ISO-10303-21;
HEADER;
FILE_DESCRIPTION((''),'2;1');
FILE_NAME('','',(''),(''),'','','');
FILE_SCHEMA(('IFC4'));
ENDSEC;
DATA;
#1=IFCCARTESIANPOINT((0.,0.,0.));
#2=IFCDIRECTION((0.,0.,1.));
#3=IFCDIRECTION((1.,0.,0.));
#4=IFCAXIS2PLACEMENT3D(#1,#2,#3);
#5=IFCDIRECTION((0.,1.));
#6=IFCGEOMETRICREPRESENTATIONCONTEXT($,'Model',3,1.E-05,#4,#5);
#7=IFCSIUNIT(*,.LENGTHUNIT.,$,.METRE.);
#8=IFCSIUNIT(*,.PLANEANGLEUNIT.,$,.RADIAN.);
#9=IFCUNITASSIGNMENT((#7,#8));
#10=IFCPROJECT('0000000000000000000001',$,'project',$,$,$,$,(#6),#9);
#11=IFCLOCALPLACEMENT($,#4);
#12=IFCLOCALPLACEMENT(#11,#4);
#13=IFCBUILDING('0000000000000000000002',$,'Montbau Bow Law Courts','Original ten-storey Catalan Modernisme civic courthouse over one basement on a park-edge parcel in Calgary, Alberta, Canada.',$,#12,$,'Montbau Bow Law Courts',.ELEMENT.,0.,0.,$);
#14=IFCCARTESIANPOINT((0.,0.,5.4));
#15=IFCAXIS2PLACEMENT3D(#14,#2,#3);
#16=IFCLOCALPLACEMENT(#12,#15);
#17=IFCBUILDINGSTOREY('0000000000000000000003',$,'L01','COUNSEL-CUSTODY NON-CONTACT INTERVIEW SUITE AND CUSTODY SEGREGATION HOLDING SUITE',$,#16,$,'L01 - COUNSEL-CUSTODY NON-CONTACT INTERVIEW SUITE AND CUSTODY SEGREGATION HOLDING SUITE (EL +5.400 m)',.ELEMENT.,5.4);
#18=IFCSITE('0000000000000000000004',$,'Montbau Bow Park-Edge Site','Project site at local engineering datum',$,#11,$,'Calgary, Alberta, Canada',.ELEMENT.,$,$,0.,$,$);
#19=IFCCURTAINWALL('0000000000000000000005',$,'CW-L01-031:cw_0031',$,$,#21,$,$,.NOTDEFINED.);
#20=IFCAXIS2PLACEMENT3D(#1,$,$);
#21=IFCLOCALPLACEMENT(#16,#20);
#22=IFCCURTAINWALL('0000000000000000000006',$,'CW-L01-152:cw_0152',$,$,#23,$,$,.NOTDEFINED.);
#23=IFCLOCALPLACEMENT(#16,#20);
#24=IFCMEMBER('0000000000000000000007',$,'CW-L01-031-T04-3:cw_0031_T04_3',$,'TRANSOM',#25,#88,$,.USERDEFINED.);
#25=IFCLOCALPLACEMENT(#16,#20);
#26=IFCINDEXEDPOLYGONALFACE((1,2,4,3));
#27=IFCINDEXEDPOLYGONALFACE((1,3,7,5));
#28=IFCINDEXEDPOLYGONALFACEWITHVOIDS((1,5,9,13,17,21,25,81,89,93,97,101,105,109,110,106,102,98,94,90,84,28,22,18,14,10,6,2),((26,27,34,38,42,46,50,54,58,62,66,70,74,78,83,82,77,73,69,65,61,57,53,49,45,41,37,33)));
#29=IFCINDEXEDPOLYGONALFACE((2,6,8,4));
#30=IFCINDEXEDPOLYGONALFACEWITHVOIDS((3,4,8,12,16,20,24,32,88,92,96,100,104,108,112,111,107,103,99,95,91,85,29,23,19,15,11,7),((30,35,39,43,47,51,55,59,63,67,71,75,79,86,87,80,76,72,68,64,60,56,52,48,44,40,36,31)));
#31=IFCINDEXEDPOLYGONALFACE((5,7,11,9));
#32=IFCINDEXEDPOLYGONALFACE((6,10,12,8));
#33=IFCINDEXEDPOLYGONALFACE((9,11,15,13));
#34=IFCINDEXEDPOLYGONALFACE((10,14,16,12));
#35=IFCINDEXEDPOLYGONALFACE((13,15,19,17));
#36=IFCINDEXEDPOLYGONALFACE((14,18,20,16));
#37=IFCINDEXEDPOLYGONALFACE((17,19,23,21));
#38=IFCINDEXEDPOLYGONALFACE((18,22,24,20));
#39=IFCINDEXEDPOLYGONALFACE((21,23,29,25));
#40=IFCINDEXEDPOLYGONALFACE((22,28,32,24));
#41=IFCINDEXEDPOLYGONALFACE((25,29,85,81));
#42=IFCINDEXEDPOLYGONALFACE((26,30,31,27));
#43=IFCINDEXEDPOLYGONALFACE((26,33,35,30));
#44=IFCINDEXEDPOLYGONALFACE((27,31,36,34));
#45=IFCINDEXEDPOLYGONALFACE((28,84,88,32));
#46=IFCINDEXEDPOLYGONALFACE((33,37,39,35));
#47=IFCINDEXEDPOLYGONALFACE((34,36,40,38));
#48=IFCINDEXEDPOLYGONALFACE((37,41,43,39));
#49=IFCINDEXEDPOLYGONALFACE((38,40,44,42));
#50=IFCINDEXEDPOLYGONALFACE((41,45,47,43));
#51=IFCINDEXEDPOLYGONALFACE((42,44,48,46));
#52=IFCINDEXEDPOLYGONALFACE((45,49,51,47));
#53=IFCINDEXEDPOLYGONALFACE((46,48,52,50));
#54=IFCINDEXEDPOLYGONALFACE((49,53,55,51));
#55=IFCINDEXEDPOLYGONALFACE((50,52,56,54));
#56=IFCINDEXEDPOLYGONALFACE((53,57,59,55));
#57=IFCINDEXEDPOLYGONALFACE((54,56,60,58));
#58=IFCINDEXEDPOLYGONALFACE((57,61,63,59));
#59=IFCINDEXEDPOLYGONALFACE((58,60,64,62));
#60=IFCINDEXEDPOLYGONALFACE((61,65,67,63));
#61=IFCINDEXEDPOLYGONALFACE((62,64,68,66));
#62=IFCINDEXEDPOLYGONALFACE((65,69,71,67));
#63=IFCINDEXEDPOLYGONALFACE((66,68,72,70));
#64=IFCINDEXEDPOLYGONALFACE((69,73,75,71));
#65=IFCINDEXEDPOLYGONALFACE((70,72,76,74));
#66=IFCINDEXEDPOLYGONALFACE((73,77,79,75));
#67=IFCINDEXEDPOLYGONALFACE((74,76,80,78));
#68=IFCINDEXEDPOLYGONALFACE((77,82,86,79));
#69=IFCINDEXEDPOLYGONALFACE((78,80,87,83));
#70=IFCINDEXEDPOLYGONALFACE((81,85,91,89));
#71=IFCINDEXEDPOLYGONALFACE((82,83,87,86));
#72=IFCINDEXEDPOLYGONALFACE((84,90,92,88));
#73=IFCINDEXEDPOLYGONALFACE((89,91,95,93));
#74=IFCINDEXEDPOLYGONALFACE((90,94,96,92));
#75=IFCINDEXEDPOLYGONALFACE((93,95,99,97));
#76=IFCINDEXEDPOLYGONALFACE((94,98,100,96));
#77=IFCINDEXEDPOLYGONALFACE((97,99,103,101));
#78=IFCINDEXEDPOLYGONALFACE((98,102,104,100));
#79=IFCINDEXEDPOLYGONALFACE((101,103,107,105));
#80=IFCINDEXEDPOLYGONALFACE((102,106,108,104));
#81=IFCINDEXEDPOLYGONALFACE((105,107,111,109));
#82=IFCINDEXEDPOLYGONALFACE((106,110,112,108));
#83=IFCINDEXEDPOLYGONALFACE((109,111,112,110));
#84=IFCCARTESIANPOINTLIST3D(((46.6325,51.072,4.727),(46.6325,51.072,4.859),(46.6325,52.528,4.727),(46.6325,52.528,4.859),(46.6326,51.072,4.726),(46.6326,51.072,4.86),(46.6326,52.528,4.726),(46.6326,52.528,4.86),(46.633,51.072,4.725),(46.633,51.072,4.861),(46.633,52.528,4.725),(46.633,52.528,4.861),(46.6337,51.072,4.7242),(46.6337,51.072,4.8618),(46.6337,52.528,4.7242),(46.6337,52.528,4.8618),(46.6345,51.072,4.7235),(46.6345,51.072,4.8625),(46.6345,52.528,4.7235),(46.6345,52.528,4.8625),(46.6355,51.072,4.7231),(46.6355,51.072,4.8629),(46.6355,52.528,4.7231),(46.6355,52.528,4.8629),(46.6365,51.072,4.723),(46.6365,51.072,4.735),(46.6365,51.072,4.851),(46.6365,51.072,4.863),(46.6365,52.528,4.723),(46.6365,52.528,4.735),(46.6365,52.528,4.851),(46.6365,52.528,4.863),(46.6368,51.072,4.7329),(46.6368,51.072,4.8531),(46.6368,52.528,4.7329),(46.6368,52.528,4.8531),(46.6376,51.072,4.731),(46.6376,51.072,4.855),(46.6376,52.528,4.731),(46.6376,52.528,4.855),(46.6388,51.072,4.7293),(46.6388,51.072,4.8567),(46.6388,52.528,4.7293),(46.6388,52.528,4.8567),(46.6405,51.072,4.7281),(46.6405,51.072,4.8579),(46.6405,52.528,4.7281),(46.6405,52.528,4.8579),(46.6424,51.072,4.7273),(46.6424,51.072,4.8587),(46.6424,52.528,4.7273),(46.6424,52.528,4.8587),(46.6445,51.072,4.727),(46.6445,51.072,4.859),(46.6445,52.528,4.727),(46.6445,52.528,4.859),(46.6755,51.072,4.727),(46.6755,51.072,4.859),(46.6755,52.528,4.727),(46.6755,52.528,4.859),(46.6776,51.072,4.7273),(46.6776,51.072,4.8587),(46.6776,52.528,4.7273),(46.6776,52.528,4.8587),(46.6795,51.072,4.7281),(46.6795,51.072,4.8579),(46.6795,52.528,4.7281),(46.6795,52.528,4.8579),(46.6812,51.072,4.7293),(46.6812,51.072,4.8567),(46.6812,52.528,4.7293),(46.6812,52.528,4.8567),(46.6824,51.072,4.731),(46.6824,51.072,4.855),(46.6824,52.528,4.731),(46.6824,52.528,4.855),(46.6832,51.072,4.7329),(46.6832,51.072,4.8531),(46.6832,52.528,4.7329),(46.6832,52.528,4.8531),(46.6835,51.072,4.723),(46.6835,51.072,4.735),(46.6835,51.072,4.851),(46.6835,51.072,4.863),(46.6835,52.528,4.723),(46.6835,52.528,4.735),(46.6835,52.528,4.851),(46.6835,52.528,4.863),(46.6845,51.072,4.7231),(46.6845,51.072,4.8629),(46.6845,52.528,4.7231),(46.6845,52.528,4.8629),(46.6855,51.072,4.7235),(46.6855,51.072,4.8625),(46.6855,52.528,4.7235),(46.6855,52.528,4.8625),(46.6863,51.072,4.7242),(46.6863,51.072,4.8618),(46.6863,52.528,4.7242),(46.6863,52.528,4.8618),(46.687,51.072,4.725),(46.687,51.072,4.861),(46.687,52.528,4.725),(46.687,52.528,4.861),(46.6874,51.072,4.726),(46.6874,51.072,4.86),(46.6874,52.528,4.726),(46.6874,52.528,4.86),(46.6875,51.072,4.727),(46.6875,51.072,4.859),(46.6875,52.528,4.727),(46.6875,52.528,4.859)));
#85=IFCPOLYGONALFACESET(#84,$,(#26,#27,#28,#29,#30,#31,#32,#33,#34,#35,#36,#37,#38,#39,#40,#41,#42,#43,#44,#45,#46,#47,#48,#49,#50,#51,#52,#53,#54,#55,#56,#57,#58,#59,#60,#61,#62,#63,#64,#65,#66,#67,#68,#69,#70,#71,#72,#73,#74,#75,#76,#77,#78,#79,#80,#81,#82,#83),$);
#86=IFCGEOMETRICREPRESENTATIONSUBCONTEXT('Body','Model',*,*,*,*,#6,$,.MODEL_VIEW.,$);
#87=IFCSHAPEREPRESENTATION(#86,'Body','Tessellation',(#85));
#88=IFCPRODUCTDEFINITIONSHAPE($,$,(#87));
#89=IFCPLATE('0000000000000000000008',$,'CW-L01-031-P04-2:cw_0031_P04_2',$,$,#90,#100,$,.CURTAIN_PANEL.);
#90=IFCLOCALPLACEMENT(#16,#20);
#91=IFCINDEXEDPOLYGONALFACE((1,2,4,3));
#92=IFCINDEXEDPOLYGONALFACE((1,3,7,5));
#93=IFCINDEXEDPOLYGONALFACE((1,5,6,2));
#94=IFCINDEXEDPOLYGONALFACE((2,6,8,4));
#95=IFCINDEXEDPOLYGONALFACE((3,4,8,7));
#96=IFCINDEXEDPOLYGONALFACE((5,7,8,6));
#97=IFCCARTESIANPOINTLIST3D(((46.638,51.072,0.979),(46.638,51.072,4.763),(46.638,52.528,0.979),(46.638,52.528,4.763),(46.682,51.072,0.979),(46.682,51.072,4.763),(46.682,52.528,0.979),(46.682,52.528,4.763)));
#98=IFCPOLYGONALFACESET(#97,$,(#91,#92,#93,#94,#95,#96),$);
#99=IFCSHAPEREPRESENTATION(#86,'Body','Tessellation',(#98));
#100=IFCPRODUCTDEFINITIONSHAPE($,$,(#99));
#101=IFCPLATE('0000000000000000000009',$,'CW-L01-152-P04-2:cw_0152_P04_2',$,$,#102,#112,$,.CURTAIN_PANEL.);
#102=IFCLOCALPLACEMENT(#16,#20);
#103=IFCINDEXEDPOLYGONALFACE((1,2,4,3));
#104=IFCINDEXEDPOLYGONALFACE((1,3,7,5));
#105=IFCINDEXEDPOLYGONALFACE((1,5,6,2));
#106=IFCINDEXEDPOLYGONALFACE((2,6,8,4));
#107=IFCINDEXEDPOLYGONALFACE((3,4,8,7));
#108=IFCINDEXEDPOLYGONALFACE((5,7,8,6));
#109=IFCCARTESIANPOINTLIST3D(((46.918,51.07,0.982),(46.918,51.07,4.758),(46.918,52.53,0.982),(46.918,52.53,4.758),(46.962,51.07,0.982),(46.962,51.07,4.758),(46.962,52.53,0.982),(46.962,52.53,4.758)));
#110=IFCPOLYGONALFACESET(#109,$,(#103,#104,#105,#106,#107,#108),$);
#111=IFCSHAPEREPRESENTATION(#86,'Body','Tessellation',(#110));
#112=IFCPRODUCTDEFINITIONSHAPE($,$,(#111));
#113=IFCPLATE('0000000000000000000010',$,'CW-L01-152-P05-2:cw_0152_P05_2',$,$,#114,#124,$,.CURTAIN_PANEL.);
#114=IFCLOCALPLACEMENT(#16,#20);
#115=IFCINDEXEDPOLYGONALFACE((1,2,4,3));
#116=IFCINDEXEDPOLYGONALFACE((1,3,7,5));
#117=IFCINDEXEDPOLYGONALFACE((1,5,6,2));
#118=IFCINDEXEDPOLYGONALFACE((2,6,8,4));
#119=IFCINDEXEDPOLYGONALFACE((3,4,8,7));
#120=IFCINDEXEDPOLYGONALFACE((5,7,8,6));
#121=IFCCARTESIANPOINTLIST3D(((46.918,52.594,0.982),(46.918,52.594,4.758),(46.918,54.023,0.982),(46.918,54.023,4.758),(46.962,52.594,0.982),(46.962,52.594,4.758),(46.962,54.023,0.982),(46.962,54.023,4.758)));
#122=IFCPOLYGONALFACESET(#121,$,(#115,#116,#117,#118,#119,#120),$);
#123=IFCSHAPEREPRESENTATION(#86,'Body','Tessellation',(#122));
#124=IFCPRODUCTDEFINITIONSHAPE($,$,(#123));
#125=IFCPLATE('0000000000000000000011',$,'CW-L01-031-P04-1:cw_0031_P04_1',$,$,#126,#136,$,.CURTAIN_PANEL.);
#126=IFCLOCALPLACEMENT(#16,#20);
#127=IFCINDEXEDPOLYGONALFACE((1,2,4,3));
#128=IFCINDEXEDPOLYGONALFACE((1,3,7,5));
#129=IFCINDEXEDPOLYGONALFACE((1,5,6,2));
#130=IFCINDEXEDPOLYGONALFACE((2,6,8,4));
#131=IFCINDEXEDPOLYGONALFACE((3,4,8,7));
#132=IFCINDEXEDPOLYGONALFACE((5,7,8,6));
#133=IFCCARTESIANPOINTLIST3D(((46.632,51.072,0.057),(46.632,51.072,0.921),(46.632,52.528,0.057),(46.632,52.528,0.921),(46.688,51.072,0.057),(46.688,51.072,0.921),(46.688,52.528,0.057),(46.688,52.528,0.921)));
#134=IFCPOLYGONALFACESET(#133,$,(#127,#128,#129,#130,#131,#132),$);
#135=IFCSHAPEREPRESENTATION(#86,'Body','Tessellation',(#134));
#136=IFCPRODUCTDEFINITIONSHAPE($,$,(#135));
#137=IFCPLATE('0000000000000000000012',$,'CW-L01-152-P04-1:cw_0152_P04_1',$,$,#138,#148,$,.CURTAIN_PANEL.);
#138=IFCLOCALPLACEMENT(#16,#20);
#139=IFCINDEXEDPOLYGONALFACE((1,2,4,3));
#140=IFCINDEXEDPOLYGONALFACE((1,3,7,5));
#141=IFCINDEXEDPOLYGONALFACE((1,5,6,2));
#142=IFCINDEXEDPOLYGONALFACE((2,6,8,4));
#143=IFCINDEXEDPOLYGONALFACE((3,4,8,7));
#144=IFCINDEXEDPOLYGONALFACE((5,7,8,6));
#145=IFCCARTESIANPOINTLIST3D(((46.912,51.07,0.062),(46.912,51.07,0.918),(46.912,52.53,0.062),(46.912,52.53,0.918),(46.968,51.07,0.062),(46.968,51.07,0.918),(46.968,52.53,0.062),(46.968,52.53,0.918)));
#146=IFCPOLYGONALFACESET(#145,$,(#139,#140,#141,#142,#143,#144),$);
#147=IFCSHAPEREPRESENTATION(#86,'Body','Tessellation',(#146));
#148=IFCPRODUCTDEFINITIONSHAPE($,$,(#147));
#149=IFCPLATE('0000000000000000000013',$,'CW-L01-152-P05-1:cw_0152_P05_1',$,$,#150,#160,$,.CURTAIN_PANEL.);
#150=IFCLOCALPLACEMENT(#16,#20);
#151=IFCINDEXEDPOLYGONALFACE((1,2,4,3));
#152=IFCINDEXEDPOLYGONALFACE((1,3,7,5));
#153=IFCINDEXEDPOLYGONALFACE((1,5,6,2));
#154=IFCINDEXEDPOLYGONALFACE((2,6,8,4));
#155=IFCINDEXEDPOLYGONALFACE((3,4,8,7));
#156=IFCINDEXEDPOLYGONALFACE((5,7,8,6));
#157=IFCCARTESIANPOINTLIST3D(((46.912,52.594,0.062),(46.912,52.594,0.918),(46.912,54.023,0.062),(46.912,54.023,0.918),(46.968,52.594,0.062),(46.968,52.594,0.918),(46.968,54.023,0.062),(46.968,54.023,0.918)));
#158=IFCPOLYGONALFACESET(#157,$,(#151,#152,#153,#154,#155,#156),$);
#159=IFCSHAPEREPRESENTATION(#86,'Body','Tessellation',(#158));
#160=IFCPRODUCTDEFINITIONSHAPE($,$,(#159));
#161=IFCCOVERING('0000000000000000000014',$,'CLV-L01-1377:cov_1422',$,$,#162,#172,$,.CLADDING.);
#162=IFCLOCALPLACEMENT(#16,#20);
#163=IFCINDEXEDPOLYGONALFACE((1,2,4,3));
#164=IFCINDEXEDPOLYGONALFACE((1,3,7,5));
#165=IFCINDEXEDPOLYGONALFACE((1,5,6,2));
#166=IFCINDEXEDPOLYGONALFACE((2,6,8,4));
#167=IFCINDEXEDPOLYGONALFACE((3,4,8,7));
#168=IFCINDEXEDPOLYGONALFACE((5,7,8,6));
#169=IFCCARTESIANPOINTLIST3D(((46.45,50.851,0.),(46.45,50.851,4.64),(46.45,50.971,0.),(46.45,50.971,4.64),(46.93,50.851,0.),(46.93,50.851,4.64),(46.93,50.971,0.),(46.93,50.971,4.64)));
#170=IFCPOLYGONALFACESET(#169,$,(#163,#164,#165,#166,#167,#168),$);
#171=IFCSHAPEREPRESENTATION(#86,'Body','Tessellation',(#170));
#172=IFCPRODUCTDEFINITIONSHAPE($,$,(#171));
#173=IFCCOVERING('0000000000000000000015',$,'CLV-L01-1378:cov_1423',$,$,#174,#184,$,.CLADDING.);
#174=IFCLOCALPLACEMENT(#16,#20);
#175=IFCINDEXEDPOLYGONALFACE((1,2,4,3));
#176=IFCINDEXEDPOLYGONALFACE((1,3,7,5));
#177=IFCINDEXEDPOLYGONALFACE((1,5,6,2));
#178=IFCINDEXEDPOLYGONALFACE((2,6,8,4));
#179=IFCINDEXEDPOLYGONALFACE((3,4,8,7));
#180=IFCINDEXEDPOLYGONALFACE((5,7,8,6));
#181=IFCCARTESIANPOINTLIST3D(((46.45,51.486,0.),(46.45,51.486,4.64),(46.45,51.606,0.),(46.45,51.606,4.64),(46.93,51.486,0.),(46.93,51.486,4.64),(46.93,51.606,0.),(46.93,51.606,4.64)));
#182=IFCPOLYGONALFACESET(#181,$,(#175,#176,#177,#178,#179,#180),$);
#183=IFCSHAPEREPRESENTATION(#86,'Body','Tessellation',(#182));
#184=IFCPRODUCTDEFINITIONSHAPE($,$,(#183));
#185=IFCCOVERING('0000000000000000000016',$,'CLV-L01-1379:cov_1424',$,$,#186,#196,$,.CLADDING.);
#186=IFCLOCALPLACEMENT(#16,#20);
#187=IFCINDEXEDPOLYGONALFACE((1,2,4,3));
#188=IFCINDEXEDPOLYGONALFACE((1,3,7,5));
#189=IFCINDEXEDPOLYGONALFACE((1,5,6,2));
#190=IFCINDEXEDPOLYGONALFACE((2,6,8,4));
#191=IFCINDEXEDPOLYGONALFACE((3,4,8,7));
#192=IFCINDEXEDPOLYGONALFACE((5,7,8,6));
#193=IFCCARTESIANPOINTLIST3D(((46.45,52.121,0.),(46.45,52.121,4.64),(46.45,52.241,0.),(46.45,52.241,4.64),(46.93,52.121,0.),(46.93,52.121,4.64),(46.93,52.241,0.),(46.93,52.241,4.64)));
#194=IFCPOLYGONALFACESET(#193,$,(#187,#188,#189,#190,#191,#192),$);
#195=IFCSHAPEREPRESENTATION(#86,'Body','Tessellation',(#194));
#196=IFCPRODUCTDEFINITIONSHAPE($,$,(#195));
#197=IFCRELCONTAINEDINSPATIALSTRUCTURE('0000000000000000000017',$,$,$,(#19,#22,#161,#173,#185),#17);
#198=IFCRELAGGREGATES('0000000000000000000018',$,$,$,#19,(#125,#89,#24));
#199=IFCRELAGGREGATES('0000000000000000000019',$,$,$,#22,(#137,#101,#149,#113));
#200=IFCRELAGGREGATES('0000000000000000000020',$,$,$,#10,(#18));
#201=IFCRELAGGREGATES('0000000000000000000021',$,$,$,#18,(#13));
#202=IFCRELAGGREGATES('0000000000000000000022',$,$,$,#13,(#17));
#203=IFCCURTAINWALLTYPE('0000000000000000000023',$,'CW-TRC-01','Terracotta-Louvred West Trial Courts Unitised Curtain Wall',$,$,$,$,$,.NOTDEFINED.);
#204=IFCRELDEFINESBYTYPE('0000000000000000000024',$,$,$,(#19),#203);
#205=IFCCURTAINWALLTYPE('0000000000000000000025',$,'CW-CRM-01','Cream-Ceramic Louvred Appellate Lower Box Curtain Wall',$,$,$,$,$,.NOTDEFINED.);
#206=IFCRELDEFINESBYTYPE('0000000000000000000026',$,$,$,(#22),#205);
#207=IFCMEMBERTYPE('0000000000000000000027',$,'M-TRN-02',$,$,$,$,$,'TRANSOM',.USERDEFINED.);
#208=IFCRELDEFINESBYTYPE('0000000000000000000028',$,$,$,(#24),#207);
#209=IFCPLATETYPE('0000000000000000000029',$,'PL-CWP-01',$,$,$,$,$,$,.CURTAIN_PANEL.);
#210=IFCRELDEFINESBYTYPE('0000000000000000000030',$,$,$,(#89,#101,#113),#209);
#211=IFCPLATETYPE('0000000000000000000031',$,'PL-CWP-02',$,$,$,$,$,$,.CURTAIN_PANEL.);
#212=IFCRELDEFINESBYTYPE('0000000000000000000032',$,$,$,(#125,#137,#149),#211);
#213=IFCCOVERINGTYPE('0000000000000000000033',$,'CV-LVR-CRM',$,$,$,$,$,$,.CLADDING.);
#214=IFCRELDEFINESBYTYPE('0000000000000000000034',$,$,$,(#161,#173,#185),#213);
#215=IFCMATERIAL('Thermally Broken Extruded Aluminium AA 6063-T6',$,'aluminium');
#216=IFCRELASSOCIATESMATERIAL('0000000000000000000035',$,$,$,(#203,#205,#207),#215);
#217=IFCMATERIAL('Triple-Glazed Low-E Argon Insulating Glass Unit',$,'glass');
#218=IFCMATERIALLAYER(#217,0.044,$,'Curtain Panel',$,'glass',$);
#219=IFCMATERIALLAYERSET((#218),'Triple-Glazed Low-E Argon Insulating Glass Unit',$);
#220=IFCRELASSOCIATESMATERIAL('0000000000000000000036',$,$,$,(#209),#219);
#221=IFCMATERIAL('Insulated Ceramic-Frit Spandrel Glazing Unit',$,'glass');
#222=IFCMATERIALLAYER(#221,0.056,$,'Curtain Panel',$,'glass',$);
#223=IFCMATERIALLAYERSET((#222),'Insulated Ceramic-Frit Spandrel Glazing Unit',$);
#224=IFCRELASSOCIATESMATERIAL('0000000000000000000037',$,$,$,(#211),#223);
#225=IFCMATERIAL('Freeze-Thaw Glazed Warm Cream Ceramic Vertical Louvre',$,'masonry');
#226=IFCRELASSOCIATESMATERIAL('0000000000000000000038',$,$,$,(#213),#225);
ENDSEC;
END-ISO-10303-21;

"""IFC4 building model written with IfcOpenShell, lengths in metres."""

from ifc_helpers import new_model, si_unit, direction, frame, frame_2d, origin_with_axes, origin_2d_with_axis, place, context, subcontext, project, spatial, rectangle, hollow_rectangle, extrude, material, layer, layer_set, material_profile, profile_set, type_object, element, aggregate, save


model = new_model("IFC4")

# Units and contexts
model_context = context("Model", 3, precision=1e-05, world=origin_with_axes(), true_north=direction((0.0, 1.0)))
body_context = subcontext(model_context, "Body", "Model", "MODEL_VIEW")
ifc_project = project(units=[si_unit("LENGTHUNIT", "METRE"), si_unit("PLANEANGLEUNIT", "RADIAN")], contexts=[model_context])

# Site, building, storey
site_placement = place(None, origin_with_axes())
site = spatial("IfcSite", under=ifc_project, at=site_placement, Name="Montbau Bow Park-Edge Site", Description="Project site at local engineering datum", LongName="Calgary, Alberta, Canada", CompositionType="ELEMENT", RefElevation=0.0)
building_placement = place(site_placement, origin_with_axes())
building = spatial("IfcBuilding", under=site, at=building_placement, Name="Montbau Bow Law Courts", Description="Original ten-storey Catalan Modernisme civic courthouse over one basement on a park-edge parcel in Calgary, Alberta, Canada.", LongName="Montbau Bow Law Courts", CompositionType="ELEMENT", ElevationOfRefHeight=0.0, ElevationOfTerrain=0.0)
storey_placement = place(building_placement, frame((0.0, 0.0, 5.4), z_axis=(0.0, 0.0, 1.0), x_axis=(1.0, 0.0, 0.0)))
storey = spatial("IfcBuildingStorey", under=building, at=storey_placement, Name="L01", Description="COUNSEL-CUSTODY NON-CONTACT INTERVIEW SUITE AND CUSTODY SEGREGATION HOLDING SUITE", LongName="L01 - COUNSEL-CUSTODY NON-CONTACT INTERVIEW SUITE AND CUSTODY SEGREGATION HOLDING SUITE (EL +5.400 m)", CompositionType="ELEMENT", Elevation=5.4)

# Curtain walls
ifc_material_1 = material(Name="Thermally Broken Extruded Aluminium AA 6063-T6", Category="aluminium")
curtain_wall_type_1 = type_object("IfcCurtainWallType", Name="CW-TRC-01", Description="Terracotta-Louvred West Trial Courts Unitised Curtain Wall", PredefinedType="NOTDEFINED", material=ifc_material_1)
curtain_wall_1_placement = place(None, frame((46.66, 46.468, 5.4), z_axis=(0.0, 0.0, 1.0), x_axis=(1.0, 0.0, 0.0)))
curtain_wall_1 = element("IfcCurtainWall", 1, at=curtain_wall_1_placement, inside=storey, type_object=curtain_wall_type_1, Name="CW-L01-031:cw_0031", PredefinedType="NOTDEFINED")
curtain_wall_type_2 = type_object("IfcCurtainWallType", Name="CW-CRM-01", Description="Cream-Ceramic Louvred Appellate Lower Box Curtain Wall", PredefinedType="NOTDEFINED", material=ifc_material_1)
curtain_wall_2_placement = place(None, frame((46.94, 46.468, 5.4), z_axis=(0.0, 0.0, 1.0), x_axis=(1.0, 0.0, 0.0)))
curtain_wall_2 = element("IfcCurtainWall", 2, at=curtain_wall_2_placement, inside=storey, type_object=curtain_wall_type_2, Name="CW-L01-152:cw_0152", PredefinedType="NOTDEFINED")

# Member
ifc_material_profile_1 = material_profile(ifc_material_1, hollow_rectangle(XDim=0.055, YDim=0.14, WallThickness=0.004, InnerFilletRadius=0.008, OuterFilletRadius=0.004, at=origin_2d_with_axis()), Name="CWT-140X55", Category="Main", Priority=0)
ifc_profile_set_1 = profile_set([ifc_material_profile_1], Name="Thermally Broken Extruded Aluminium AA 6063-T6")
member_type_1 = type_object("IfcMemberType", Name="M-TRN-02", ElementType="TRANSOM", PredefinedType="USERDEFINED", material=ifc_profile_set_1)
member_1_placement = place(None, frame((46.66, 51.072, 10.193), z_axis=(0.0, 1.0, 0.0), x_axis=(-1.0, 0.0, 0.0)))
member_1 = element("IfcMember", 3, at=member_1_placement, type_object=member_type_1, Name="CW-L01-031-T04-3:cw_0031_T04_3", ObjectType="TRANSOM", PredefinedType="USERDEFINED", context=body_context, shape_type="SweptSolid", body=[
    extrude(hollow_rectangle(XDim=0.055, YDim=0.14, WallThickness=0.004, InnerFilletRadius=0.008, OuterFilletRadius=0.004, at=origin_2d_with_axis()), origin_with_axes(), (0.0, 0.0, 1.0), 1.456),
])

# Plates
ifc_material_2 = material(Name="Triple-Glazed Low-E Argon Insulating Glass Unit", Category="glass")
ifc_layer_1 = layer(ifc_material_2, 0.044, Name="Curtain Panel", Category="glass")
ifc_layer_set_1 = layer_set([ifc_layer_1], Name="Triple-Glazed Low-E Argon Insulating Glass Unit")
plate_type_1 = type_object("IfcPlateType", Name="PL-CWP-01", PredefinedType="CURTAIN_PANEL", material=ifc_layer_set_1)
plate_1_placement = place(None, frame((46.66, 51.072, 6.379), z_axis=(1.0, 0.0, 0.0), x_axis=(0.0, 1.0, 0.0)))
plate_1 = element("IfcPlate", 4, at=plate_1_placement, type_object=plate_type_1, Name="CW-L01-031-P04-2:cw_0031_P04_2", PredefinedType="CURTAIN_PANEL", context=body_context, shape_type="SweptSolid", body=[
    extrude(rectangle(XDim=1.456, YDim=3.784, at=frame_2d((0.728, 1.892), x_axis=(1.0, 0.0))), frame((0.0, 0.0, -0.022), z_axis=(0.0, 0.0, 1.0), x_axis=(1.0, 0.0, 0.0)), (0.0, 0.0, 1.0), 0.044),
])
plate_2_placement = place(None, frame((46.94, 51.07, 6.382), z_axis=(1.0, 0.0, 0.0), x_axis=(0.0, 1.0, 0.0)))
plate_2 = element("IfcPlate", 5, at=plate_2_placement, type_object=plate_type_1, Name="CW-L01-152-P04-2:cw_0152_P04_2", PredefinedType="CURTAIN_PANEL", context=body_context, shape_type="SweptSolid", body=[
    extrude(rectangle(XDim=1.46, YDim=3.776, at=frame_2d((0.73, 1.888), x_axis=(1.0, 0.0))), frame((0.0, 0.0, -0.022), z_axis=(0.0, 0.0, 1.0), x_axis=(1.0, 0.0, 0.0)), (0.0, 0.0, 1.0), 0.044),
])
plate_3_placement = place(None, frame((46.94, 52.594, 6.382), z_axis=(1.0, 0.0, 0.0), x_axis=(0.0, 1.0, 0.0)))
plate_3 = element("IfcPlate", 6, at=plate_3_placement, type_object=plate_type_1, Name="CW-L01-152-P05-2:cw_0152_P05_2", PredefinedType="CURTAIN_PANEL", context=body_context, shape_type="SweptSolid", body=[
    extrude(rectangle(XDim=1.429, YDim=3.776, at=frame_2d((0.7145, 1.888), x_axis=(1.0, 0.0))), frame((0.0, 0.0, -0.022), z_axis=(0.0, 0.0, 1.0), x_axis=(1.0, 0.0, 0.0)), (0.0, 0.0, 1.0), 0.044),
])
ifc_material_3 = material(Name="Insulated Ceramic-Frit Spandrel Glazing Unit", Category="glass")
ifc_layer_2 = layer(ifc_material_3, 0.056, Name="Curtain Panel", Category="glass")
ifc_layer_set_2 = layer_set([ifc_layer_2], Name="Insulated Ceramic-Frit Spandrel Glazing Unit")
plate_type_2 = type_object("IfcPlateType", Name="PL-CWP-02", PredefinedType="CURTAIN_PANEL", material=ifc_layer_set_2)
plate_4_placement = place(None, frame((46.66, 51.072, 5.457), z_axis=(1.0, 0.0, 0.0), x_axis=(0.0, 1.0, 0.0)))
plate_4 = element("IfcPlate", 7, at=plate_4_placement, type_object=plate_type_2, Name="CW-L01-031-P04-1:cw_0031_P04_1", PredefinedType="CURTAIN_PANEL", context=body_context, shape_type="SweptSolid", body=[
    extrude(rectangle(XDim=1.456, YDim=0.864, at=frame_2d((0.728, 0.432), x_axis=(1.0, 0.0))), frame((0.0, 0.0, -0.028), z_axis=(0.0, 0.0, 1.0), x_axis=(1.0, 0.0, 0.0)), (0.0, 0.0, 1.0), 0.056),
])
aggregate(curtain_wall_1, [plate_4, plate_1, member_1])
plate_5_placement = place(None, frame((46.94, 51.07, 5.462), z_axis=(1.0, 0.0, 0.0), x_axis=(0.0, 1.0, 0.0)))
plate_5 = element("IfcPlate", 8, at=plate_5_placement, type_object=plate_type_2, Name="CW-L01-152-P04-1:cw_0152_P04_1", PredefinedType="CURTAIN_PANEL", context=body_context, shape_type="SweptSolid", body=[
    extrude(rectangle(XDim=1.46, YDim=0.856, at=frame_2d((0.73, 0.428), x_axis=(1.0, 0.0))), frame((0.0, 0.0, -0.028), z_axis=(0.0, 0.0, 1.0), x_axis=(1.0, 0.0, 0.0)), (0.0, 0.0, 1.0), 0.056),
])
plate_6_placement = place(None, frame((46.94, 52.594, 5.462), z_axis=(1.0, 0.0, 0.0), x_axis=(0.0, 1.0, 0.0)))
plate_6 = element("IfcPlate", 9, at=plate_6_placement, type_object=plate_type_2, Name="CW-L01-152-P05-1:cw_0152_P05_1", PredefinedType="CURTAIN_PANEL", context=body_context, shape_type="SweptSolid", body=[
    extrude(rectangle(XDim=1.429, YDim=0.856, at=frame_2d((0.7145, 0.428), x_axis=(1.0, 0.0))), frame((0.0, 0.0, -0.028), z_axis=(0.0, 0.0, 1.0), x_axis=(1.0, 0.0, 0.0)), (0.0, 0.0, 1.0), 0.056),
])
aggregate(curtain_wall_2, [plate_5, plate_2, plate_6, plate_3])

# Coverings
ifc_material_4 = material(Name="Freeze-Thaw Glazed Warm Cream Ceramic Vertical Louvre", Category="masonry")
covering_type_1 = type_object("IfcCoveringType", Name="CV-LVR-CRM", PredefinedType="CLADDING", material=ifc_material_4)
for number, where, z_axis, x_axis, name in (
    (10, (46.93, 50.911, 5.4), (0.0, 1.0, 0.0), (-1.0, 0.0, 0.0), "CLV-L01-1377:cov_1422"),
    (11, (46.93, 51.546, 5.4), (0.0, 1.0, 0.0), (-1.0, 0.0, 0.0), "CLV-L01-1378:cov_1423"),
    (12, (46.93, 52.181, 5.4), (0.0, 1.0, 0.0), (-1.0, 0.0, 0.0), "CLV-L01-1379:cov_1424"),
):
    element("IfcCovering", number, at=place(None, frame(where, z_axis=z_axis, x_axis=x_axis)), inside=storey, type_object=covering_type_1, Name=name, PredefinedType="CLADDING", context=body_context, shape_type="SweptSolid", body=[
        extrude(rectangle(XDim=0.48, YDim=4.64, at=frame_2d((0.24, 2.32), x_axis=(1.0, 0.0))), frame((0.0, 0.0, -0.06), z_axis=(0.0, 0.0, 1.0), x_axis=(1.0, 0.0, 0.0)), (0.0, 0.0, 1.0), 0.12),
    ])

save(model, "model.ifc")
